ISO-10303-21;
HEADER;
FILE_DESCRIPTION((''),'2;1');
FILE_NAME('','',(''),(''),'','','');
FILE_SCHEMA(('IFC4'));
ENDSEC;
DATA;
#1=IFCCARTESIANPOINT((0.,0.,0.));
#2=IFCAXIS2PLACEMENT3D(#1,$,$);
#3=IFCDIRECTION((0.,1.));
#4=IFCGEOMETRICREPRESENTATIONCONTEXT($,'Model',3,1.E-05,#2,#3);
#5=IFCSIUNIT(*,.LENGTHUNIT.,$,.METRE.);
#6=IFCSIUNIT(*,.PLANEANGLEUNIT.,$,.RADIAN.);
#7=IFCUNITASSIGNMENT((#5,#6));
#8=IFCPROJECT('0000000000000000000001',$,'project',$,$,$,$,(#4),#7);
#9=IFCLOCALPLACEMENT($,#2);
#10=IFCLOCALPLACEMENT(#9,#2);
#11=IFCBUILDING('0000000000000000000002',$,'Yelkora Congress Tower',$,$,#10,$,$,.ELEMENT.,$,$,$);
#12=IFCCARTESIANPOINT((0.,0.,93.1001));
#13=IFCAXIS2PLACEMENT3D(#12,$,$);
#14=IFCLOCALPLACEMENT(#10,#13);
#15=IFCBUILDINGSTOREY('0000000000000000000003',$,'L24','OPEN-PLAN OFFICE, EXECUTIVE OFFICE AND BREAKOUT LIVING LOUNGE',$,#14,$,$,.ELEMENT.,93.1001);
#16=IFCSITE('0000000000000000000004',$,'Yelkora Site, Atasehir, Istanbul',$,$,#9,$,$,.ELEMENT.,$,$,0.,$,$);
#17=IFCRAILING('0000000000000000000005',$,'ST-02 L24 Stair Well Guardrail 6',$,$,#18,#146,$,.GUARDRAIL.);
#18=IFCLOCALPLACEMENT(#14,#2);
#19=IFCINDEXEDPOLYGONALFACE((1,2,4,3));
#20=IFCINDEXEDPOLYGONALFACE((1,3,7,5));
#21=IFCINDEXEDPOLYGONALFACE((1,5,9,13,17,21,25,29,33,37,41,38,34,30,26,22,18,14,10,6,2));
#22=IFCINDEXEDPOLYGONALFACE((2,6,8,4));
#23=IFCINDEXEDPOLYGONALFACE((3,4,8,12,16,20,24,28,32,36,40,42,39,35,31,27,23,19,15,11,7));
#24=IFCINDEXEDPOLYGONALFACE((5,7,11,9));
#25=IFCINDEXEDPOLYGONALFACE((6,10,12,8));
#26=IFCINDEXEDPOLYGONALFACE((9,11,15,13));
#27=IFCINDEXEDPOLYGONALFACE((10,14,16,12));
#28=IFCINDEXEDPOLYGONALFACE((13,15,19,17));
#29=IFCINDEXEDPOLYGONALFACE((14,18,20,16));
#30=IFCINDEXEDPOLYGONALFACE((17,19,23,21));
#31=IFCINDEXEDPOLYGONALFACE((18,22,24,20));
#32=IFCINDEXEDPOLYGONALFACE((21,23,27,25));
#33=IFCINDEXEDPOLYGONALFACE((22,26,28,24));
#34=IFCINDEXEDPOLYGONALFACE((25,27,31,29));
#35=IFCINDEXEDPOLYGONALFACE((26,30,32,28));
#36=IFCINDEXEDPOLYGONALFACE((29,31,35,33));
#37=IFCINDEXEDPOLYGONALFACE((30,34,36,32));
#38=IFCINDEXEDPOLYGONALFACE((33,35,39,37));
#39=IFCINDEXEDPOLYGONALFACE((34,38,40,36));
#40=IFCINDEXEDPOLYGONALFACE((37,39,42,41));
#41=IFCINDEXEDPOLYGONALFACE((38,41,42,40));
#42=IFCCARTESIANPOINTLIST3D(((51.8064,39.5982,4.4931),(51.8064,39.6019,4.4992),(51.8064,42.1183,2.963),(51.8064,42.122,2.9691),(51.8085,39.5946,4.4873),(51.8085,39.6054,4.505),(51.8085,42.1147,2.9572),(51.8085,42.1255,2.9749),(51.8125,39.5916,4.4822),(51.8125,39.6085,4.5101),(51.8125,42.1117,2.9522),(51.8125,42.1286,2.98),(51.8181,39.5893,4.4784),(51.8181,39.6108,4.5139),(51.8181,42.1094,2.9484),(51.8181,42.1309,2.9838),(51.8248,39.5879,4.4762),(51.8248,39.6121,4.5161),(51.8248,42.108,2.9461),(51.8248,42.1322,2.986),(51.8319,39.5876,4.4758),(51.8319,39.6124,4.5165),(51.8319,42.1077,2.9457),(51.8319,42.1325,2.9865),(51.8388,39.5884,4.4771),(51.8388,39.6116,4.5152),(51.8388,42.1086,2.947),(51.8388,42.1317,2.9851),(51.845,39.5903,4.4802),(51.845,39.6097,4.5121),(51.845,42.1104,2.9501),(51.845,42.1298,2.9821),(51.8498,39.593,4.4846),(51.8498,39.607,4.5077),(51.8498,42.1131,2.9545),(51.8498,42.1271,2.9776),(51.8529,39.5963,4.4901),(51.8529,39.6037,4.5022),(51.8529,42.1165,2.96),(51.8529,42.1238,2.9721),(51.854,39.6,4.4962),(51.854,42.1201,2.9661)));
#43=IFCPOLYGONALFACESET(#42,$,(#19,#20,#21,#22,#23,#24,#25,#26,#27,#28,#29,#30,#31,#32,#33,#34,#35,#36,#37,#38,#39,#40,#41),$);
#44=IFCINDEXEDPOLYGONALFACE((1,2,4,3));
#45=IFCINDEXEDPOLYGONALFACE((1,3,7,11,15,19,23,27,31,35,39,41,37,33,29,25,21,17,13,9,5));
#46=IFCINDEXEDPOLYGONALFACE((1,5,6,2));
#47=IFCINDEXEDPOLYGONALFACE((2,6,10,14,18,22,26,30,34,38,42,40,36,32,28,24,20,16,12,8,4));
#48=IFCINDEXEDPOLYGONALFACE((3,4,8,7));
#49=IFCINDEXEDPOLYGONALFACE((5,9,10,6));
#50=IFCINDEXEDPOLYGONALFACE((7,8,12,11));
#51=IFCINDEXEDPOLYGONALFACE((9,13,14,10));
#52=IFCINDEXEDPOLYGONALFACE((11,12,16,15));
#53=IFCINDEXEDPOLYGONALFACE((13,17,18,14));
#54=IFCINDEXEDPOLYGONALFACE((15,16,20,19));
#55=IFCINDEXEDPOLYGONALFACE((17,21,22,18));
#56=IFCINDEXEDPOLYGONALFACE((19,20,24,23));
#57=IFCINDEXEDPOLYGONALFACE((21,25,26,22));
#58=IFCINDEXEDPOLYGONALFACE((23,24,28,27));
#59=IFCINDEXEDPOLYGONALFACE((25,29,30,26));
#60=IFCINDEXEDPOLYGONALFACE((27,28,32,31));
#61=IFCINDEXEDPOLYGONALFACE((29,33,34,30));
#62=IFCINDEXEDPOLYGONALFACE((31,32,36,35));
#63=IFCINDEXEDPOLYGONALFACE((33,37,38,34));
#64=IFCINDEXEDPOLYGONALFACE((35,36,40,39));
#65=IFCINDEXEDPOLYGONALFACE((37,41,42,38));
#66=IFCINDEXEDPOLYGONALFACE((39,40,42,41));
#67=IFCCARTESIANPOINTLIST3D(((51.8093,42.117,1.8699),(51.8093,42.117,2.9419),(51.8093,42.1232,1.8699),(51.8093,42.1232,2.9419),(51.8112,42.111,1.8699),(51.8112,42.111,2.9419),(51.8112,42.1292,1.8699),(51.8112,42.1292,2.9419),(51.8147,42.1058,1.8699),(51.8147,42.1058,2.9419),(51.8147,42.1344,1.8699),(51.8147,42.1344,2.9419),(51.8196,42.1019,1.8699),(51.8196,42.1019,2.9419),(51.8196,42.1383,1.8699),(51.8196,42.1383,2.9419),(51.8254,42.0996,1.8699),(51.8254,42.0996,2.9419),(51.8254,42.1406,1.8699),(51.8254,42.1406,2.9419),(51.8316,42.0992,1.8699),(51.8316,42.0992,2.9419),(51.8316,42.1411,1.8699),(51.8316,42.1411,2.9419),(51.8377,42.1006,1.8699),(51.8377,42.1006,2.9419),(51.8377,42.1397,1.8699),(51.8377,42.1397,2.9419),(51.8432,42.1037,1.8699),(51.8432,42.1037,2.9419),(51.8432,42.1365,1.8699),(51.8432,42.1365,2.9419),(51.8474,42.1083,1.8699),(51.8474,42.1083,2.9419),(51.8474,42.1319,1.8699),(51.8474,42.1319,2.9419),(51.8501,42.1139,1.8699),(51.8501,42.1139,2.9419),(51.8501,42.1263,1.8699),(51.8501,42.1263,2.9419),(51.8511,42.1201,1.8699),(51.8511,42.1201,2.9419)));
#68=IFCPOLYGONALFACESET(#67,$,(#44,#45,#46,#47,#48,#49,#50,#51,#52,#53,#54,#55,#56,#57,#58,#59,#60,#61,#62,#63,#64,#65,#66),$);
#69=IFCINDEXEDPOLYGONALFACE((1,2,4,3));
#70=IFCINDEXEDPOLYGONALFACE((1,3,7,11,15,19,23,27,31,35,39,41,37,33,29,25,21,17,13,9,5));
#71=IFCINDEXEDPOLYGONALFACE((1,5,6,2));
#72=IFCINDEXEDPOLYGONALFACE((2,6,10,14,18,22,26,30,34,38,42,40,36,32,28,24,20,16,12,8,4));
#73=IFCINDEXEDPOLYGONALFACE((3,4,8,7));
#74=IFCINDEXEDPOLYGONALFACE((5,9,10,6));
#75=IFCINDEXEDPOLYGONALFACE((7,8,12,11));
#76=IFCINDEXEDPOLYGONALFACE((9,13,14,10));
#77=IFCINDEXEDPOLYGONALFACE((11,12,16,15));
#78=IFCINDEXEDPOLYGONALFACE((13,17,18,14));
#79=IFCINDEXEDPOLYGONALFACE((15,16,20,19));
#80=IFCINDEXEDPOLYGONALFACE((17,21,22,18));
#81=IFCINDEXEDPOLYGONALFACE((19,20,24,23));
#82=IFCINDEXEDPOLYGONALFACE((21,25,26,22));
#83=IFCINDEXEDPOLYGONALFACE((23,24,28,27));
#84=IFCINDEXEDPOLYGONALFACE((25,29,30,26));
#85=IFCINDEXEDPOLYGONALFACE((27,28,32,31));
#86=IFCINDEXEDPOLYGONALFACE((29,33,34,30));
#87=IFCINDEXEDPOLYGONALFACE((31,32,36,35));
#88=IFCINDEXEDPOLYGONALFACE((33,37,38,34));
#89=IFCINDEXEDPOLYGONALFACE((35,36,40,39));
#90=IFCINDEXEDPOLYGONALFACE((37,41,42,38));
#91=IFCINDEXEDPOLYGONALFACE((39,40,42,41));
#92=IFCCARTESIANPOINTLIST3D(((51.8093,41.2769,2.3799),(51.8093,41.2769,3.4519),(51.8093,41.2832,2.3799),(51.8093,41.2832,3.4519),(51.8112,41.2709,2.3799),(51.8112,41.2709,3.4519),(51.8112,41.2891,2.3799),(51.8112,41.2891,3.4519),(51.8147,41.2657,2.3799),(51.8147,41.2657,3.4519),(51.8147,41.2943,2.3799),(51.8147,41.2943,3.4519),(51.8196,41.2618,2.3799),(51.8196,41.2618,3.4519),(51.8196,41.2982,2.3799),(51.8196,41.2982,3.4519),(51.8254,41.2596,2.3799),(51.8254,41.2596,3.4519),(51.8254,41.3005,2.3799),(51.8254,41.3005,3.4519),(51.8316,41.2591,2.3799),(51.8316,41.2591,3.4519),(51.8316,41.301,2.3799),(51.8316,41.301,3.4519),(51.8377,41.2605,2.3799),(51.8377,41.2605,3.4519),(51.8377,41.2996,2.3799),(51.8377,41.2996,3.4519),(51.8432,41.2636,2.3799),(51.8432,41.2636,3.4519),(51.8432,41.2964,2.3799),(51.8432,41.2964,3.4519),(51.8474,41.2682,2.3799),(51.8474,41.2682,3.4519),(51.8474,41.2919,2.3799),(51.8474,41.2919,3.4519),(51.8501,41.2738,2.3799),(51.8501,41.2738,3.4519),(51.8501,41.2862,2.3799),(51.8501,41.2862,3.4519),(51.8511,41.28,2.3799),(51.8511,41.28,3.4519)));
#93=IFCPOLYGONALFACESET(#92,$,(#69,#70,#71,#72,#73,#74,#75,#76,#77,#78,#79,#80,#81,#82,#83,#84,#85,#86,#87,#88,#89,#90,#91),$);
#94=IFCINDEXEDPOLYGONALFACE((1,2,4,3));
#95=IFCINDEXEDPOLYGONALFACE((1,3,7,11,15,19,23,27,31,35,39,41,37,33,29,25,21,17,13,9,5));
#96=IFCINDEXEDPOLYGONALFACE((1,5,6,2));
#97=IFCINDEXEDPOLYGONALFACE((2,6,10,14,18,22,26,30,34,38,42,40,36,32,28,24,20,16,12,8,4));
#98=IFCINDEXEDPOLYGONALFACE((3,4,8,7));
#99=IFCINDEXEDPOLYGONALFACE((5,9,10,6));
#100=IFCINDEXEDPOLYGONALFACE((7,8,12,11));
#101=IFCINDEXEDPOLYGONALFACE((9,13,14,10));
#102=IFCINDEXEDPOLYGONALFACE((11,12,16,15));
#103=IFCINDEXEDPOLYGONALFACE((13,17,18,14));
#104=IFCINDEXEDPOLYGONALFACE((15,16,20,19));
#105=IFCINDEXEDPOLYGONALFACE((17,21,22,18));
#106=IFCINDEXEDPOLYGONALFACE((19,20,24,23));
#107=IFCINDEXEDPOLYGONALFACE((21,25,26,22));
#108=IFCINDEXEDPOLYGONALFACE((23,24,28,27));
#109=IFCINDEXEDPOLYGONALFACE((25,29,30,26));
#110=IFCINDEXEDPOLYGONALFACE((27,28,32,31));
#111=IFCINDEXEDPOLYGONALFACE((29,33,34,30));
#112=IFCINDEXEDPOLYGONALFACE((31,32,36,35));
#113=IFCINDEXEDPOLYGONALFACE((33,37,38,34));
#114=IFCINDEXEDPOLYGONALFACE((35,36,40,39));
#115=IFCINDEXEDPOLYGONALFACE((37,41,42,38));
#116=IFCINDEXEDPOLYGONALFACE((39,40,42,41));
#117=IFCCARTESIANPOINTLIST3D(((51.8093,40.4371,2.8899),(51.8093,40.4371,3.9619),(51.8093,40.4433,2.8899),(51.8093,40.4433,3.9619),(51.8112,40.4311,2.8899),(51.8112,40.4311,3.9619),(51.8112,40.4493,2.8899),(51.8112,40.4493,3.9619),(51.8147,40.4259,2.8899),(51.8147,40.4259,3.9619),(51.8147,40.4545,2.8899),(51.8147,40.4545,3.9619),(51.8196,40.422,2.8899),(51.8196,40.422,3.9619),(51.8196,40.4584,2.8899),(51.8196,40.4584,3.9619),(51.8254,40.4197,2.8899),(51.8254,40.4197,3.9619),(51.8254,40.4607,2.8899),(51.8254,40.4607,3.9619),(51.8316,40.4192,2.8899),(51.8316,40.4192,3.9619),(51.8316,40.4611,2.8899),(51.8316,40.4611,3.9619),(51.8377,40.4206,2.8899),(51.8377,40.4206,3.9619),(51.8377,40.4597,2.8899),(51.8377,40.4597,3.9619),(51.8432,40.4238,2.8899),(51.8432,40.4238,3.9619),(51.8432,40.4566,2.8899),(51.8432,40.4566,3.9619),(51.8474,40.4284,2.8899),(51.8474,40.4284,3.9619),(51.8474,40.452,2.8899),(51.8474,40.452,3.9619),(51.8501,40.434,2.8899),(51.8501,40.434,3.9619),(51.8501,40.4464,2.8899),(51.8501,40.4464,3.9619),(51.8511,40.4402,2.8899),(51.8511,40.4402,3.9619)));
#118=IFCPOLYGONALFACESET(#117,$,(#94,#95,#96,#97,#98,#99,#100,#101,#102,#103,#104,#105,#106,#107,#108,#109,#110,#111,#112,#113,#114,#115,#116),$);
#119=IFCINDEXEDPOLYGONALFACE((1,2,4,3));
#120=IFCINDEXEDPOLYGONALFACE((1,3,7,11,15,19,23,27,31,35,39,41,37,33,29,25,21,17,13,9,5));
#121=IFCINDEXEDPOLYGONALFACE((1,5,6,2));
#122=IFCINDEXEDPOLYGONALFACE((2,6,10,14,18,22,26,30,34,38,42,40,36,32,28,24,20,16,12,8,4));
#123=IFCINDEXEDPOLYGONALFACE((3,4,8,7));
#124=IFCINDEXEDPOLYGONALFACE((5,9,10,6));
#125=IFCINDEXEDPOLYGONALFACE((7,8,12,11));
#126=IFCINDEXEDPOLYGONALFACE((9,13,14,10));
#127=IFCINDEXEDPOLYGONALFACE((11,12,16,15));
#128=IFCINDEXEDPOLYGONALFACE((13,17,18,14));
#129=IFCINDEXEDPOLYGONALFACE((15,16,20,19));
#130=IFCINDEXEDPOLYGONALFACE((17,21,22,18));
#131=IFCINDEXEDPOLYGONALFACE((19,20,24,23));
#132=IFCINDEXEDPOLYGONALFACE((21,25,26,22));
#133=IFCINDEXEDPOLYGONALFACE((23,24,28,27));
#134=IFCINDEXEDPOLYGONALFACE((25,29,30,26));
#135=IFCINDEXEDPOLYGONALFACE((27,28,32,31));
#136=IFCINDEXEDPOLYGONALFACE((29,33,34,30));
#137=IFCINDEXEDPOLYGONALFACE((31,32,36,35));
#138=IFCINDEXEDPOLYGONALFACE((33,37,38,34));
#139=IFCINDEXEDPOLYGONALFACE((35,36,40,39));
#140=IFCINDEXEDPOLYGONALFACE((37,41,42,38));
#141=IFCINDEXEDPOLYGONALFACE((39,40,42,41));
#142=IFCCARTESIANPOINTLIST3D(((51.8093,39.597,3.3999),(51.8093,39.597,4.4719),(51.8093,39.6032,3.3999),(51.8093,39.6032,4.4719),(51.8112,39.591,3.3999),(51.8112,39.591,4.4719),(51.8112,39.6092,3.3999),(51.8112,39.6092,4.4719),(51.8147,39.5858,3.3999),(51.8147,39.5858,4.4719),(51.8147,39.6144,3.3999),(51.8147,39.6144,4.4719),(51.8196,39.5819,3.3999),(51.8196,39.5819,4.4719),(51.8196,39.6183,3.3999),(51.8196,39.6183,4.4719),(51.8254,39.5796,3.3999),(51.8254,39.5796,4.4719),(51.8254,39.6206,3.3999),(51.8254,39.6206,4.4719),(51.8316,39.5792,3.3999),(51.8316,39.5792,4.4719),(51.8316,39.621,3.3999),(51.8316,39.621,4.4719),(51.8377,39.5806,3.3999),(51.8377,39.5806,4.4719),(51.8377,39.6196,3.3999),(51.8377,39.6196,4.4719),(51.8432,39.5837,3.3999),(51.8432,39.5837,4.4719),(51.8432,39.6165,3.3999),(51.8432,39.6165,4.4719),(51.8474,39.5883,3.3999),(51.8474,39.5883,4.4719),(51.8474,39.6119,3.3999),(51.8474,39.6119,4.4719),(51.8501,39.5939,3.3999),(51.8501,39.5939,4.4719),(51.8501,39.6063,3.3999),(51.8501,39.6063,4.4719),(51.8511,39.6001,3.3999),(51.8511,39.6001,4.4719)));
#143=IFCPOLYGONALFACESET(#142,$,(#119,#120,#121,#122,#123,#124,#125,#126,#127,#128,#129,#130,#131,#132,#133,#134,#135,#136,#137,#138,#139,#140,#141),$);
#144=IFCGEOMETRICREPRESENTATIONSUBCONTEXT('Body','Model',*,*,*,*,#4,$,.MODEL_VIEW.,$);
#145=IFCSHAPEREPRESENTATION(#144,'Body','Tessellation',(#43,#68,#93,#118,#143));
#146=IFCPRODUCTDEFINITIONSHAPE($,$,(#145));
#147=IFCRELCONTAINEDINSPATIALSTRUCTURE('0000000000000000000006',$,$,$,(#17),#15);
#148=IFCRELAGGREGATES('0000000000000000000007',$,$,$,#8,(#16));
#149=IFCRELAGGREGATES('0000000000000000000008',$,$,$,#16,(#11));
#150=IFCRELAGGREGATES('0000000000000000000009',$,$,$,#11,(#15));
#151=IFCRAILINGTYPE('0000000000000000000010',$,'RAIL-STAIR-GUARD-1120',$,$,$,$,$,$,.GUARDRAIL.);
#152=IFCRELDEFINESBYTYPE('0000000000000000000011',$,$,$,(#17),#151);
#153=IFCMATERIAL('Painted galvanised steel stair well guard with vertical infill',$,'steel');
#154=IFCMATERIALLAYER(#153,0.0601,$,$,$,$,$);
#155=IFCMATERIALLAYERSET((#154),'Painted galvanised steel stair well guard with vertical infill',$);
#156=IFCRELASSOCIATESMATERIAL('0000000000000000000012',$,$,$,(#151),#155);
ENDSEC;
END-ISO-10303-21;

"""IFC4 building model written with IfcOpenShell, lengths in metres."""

from ifc_helpers import new_model, si_unit, direction, frame, origin, origin_2d, place, context, subcontext, project, spatial, circle, extrude, material, layer, layer_set, type_object, element, save


model = new_model("IFC4")

# Units and contexts
model_context = context("Model", 3, precision=1e-05, world=origin(), true_north=direction((0.0, 1.0)))
body_context = subcontext(model_context, "Body", "Model", "MODEL_VIEW")
ifc_project = project(units=[si_unit("LENGTHUNIT", "METRE"), si_unit("PLANEANGLEUNIT", "RADIAN")], contexts=[model_context])

# Site, building, storey
site_placement = place(None, origin())
site = spatial("IfcSite", under=ifc_project, at=site_placement, Name="Yelkora Site, Atasehir, Istanbul", CompositionType="ELEMENT", RefElevation=0.0)
building_placement = place(site_placement, origin())
building = spatial("IfcBuilding", under=site, at=building_placement, Name="Yelkora Congress Tower", CompositionType="ELEMENT")
storey_placement = place(building_placement, frame((0.0, 0.0, 93.1001)))
storey = spatial("IfcBuildingStorey", under=building, at=storey_placement, Name="L24", Description="OPEN-PLAN OFFICE, EXECUTIVE OFFICE AND BREAKOUT LIVING LOUNGE", CompositionType="ELEMENT", Elevation=93.1001)

# Railing
ifc_material_1 = material(Name="Painted galvanised steel stair well guard with vertical infill", Category="steel")
ifc_layer_1 = layer(ifc_material_1, 0.0601)
ifc_layer_set_1 = layer_set([ifc_layer_1], Name="Painted galvanised steel stair well guard with vertical infill")
railing_type_1 = type_object("IfcRailingType", Name="RAIL-STAIR-GUARD-1120", PredefinedType="GUARDRAIL", material=ifc_layer_set_1)
railing_1_placement = place(storey_placement, frame((51.8301, 42.1201, 1.8699)))
element("IfcRailing", 1, at=railing_1_placement, inside=storey, type_object=railing_type_1, Name="ST-02 L24 Stair Well Guardrail 6", PredefinedType="GUARDRAIL", context=body_context, shape_type="SweptSolid", body=[
    extrude(circle(Radius=0.0239, at=origin_2d()), frame((0.0, 0.0, 1.0962), z_axis=(0.0, -0.854785, 0.518982), x_axis=(1.0, 0.0, 0.0)), (0.0, 0.0, 1.0), 2.9482),
    extrude(circle(Radius=0.021, at=origin_2d()), origin(), (0.0, 0.0, 1.0), 1.072),
    extrude(circle(Radius=0.021, at=origin_2d()), frame((0.0, -0.8401, 0.51)), (0.0, 0.0, 1.0), 1.072),
    extrude(circle(Radius=0.021, at=origin_2d()), frame((0.0, -1.6799, 1.02)), (0.0, 0.0, 1.0), 1.072),
    extrude(circle(Radius=0.021, at=origin_2d()), frame((0.0, -2.52, 1.53)), (0.0, 0.0, 1.0), 1.072),
])

save(model, "model.ifc")
